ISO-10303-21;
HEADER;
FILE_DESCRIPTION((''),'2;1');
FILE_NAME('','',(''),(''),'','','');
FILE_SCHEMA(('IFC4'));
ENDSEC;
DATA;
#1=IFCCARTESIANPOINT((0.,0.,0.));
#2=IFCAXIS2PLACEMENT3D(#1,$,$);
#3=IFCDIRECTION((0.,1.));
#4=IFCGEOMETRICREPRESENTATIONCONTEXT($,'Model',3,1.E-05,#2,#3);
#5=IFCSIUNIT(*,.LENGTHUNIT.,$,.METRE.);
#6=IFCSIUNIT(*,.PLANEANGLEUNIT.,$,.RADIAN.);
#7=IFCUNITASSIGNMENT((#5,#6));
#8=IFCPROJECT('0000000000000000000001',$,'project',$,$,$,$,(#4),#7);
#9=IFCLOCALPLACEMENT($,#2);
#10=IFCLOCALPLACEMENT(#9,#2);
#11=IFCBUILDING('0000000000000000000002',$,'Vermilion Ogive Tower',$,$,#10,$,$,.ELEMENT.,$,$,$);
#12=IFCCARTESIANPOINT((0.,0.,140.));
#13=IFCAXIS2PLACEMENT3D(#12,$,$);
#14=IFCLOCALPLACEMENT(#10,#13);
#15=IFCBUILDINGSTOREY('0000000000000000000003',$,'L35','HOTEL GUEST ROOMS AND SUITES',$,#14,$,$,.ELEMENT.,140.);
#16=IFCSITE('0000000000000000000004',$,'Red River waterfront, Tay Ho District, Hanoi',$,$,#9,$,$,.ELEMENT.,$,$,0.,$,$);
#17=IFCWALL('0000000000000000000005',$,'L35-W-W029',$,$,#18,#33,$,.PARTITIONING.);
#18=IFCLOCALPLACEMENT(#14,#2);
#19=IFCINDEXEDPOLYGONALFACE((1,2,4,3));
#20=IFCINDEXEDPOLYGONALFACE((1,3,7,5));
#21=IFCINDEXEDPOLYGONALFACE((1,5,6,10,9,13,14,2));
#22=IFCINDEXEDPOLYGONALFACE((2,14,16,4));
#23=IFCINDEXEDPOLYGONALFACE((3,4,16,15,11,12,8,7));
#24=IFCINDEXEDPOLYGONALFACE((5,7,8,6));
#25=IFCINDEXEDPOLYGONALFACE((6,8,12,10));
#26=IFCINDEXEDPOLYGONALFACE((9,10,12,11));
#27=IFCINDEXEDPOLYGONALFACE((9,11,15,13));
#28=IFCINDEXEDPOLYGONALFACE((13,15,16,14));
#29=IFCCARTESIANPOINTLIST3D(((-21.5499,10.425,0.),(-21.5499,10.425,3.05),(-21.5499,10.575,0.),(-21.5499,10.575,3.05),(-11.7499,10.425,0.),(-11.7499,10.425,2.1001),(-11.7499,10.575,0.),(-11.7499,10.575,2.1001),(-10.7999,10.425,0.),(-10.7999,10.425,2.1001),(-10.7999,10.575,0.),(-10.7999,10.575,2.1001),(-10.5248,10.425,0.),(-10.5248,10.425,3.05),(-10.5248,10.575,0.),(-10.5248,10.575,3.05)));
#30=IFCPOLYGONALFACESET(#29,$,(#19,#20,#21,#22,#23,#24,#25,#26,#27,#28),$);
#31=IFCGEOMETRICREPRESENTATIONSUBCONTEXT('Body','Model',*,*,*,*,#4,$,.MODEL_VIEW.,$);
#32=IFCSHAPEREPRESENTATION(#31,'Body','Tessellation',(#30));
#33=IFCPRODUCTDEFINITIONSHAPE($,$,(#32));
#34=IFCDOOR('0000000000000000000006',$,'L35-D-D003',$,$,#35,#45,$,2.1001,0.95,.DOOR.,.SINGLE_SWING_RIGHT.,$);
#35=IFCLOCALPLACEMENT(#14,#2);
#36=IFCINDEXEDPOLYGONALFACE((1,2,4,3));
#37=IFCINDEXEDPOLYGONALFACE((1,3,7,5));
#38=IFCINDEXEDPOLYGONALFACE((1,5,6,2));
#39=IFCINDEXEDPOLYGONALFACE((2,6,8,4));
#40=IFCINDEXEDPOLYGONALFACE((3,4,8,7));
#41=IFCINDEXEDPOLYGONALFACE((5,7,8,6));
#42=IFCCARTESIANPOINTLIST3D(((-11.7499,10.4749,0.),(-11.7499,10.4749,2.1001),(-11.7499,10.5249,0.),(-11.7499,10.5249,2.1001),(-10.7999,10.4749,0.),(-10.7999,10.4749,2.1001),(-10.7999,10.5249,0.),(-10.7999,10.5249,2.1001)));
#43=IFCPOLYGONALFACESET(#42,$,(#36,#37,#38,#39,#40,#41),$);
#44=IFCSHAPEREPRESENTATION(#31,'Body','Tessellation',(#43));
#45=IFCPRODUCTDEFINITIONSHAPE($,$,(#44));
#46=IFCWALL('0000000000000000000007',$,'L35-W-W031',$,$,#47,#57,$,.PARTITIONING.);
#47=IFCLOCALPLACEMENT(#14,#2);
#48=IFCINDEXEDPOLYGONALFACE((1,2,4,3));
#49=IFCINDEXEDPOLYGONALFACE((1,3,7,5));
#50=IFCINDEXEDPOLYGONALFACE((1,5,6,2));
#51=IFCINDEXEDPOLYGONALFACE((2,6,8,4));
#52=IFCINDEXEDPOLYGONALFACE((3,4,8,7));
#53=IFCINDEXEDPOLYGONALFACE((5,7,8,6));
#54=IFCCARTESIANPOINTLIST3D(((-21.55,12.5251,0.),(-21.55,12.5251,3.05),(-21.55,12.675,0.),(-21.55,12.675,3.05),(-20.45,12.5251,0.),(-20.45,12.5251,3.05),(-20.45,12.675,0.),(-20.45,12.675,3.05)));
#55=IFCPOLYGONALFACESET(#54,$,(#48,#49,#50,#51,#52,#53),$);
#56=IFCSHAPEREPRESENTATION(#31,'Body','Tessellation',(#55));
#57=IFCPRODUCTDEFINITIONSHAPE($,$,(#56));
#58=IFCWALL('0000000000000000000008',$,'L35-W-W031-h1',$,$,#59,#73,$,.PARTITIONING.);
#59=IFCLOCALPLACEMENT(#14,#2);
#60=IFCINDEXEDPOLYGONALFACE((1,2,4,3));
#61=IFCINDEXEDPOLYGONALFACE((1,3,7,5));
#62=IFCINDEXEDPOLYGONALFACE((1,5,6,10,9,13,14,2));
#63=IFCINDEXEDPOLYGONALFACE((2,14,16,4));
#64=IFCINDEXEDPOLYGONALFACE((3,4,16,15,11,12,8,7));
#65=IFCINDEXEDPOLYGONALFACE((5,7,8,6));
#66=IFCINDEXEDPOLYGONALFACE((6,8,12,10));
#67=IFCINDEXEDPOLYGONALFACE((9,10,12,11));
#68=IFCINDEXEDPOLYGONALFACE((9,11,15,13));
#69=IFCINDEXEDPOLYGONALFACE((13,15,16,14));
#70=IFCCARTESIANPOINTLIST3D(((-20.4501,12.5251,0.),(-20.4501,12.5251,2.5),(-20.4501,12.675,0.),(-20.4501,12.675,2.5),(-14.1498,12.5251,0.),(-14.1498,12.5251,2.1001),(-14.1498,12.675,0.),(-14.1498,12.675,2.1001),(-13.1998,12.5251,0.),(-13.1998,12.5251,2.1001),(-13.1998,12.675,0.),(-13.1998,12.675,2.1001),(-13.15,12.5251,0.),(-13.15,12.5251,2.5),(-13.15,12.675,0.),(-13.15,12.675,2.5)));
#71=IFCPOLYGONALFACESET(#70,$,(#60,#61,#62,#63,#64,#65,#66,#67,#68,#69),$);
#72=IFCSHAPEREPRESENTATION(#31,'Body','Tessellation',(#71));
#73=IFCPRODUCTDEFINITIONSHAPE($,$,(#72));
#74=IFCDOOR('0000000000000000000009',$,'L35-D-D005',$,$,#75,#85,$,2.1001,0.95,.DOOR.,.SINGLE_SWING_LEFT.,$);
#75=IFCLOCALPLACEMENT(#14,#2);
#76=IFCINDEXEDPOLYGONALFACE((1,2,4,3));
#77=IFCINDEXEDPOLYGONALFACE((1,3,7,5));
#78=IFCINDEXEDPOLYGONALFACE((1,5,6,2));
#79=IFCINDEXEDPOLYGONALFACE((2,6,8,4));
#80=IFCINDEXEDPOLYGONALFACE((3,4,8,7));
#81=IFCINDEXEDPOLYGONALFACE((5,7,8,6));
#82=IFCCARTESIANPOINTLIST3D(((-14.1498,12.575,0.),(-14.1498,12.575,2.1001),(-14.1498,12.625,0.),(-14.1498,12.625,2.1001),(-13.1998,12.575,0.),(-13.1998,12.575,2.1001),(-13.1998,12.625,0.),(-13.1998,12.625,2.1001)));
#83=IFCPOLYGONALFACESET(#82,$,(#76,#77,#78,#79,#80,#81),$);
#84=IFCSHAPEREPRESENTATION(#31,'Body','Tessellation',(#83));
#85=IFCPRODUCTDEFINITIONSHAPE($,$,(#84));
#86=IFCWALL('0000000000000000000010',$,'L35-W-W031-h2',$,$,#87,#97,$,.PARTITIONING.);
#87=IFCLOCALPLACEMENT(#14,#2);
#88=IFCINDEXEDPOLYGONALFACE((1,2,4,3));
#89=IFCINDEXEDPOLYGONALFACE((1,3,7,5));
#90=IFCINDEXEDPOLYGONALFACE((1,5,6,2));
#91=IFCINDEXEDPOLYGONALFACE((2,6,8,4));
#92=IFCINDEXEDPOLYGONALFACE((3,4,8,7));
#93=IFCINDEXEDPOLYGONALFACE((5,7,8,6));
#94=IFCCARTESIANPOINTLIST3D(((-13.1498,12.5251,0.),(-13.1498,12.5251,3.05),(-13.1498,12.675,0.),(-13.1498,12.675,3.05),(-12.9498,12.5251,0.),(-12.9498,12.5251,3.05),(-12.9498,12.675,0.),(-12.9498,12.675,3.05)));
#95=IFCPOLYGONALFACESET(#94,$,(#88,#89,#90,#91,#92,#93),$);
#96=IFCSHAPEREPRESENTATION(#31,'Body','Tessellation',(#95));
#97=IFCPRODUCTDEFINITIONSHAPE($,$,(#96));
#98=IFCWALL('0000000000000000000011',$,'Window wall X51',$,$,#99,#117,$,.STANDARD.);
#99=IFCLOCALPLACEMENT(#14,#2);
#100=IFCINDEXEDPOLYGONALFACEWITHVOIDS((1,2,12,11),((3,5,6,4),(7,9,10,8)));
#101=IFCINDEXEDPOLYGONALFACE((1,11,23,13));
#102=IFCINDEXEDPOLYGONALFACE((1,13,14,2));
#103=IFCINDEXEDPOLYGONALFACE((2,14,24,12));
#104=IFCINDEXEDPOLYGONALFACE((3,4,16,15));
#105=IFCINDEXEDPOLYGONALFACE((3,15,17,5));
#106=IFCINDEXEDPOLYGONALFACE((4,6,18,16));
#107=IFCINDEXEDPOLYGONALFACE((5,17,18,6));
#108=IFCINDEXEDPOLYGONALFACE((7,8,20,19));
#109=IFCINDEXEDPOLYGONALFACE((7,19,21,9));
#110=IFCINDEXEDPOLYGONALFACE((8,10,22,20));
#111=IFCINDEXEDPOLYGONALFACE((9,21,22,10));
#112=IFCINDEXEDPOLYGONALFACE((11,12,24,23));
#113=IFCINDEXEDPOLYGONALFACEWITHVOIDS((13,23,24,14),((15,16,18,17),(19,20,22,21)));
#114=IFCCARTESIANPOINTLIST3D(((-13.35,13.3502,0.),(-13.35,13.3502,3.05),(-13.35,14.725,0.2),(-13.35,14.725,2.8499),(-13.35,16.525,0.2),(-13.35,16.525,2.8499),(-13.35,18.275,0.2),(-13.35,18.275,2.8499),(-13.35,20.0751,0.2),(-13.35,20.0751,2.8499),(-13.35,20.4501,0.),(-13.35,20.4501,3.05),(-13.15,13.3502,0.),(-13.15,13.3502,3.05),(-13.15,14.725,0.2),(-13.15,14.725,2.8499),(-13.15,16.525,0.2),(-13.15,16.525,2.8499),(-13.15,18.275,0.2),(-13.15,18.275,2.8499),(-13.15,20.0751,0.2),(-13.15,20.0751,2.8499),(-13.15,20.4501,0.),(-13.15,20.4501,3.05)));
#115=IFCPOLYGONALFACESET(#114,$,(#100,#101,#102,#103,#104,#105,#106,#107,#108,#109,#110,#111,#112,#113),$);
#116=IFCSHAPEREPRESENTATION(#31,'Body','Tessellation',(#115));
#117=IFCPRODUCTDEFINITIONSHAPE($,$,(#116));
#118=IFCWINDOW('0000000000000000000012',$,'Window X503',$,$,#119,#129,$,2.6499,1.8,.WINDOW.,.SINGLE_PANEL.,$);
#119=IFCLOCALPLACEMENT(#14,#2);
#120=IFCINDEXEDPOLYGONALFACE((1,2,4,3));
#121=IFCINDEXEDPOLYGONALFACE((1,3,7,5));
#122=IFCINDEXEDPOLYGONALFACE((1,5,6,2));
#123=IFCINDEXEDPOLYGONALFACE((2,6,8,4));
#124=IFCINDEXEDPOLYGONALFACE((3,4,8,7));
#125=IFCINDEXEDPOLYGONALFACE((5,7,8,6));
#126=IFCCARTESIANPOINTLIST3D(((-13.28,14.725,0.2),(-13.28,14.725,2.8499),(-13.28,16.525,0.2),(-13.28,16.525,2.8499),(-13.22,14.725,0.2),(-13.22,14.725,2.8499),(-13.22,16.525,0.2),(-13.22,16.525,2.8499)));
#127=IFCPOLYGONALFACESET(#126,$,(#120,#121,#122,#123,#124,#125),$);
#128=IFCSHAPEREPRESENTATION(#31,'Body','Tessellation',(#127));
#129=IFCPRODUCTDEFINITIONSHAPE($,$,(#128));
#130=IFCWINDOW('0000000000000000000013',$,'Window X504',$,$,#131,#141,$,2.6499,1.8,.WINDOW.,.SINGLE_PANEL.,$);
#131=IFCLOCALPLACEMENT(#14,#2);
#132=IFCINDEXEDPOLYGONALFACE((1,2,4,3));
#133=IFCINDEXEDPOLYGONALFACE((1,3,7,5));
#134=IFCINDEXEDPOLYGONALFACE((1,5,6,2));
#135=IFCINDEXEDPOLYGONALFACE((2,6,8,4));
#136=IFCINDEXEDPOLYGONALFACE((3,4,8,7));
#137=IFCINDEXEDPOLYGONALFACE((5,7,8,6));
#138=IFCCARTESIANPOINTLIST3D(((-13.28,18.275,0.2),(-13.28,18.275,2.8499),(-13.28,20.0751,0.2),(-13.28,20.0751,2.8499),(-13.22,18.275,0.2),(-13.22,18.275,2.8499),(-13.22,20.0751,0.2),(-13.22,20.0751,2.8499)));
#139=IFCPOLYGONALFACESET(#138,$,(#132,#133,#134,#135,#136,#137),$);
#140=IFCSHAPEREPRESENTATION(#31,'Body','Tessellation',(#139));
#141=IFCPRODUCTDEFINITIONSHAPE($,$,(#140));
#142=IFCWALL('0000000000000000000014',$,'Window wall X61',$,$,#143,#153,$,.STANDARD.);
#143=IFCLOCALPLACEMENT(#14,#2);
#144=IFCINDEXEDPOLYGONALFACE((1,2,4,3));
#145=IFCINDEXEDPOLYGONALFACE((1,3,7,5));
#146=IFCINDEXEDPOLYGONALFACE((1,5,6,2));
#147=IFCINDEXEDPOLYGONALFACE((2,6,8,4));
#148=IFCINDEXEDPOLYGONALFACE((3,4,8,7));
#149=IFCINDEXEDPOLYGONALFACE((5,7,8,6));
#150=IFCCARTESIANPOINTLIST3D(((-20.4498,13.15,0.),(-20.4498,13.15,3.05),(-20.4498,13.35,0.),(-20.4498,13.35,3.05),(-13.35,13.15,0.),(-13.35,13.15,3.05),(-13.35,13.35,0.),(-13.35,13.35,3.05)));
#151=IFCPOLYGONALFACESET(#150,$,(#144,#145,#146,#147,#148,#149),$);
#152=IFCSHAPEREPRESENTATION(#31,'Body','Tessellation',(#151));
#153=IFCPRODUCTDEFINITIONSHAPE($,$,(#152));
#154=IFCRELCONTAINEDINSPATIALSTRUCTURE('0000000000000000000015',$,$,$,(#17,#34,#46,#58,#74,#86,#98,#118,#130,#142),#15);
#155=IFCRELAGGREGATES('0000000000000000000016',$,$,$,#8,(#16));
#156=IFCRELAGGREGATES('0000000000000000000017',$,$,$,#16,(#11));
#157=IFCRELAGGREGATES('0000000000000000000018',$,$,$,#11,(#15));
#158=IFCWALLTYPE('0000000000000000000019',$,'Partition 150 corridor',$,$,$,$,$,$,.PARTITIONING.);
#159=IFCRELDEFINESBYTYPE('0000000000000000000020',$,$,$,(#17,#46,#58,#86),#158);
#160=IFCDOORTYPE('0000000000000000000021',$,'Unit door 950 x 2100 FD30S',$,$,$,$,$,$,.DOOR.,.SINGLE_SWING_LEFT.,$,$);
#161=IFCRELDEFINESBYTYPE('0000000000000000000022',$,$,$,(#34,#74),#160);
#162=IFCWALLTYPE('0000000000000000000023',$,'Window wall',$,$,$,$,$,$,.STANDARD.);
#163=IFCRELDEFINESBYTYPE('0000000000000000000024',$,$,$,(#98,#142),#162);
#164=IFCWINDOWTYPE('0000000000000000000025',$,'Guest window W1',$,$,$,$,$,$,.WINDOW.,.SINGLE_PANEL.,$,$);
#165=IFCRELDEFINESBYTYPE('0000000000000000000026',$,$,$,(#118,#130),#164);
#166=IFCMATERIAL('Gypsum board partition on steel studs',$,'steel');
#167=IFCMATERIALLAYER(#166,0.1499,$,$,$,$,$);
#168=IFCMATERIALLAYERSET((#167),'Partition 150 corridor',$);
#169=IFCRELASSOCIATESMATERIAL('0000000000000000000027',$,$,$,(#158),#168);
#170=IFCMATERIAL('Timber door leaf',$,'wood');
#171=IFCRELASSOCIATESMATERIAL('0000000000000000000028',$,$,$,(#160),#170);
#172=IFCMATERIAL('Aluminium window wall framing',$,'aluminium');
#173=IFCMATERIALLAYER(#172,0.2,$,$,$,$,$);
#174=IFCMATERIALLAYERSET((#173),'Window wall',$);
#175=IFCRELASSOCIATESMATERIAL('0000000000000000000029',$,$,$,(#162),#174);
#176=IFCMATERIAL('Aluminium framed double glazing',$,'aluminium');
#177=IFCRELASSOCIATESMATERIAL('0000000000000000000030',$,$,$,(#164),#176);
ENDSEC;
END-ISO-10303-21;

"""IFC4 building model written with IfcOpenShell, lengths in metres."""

from ifc_helpers import new_model, si_unit, direction, frame, frame_2d, origin, place, context, subcontext, project, spatial, rectangle, extrude, material, layer, layer_set, type_object, element, fill, save


model = new_model("IFC4")

# Units and contexts
model_context = context("Model", 3, precision=1e-05, world=origin(), true_north=direction((0.0, 1.0)))
body_context = subcontext(model_context, "Body", "Model", "MODEL_VIEW")
ifc_project = project(units=[si_unit("LENGTHUNIT", "METRE"), si_unit("PLANEANGLEUNIT", "RADIAN")], contexts=[model_context])

# Site, building, storey
site_placement = place(None, origin())
site = spatial("IfcSite", under=ifc_project, at=site_placement, Name="Red River waterfront, Tay Ho District, Hanoi", CompositionType="ELEMENT", RefElevation=0.0)
building_placement = place(site_placement, origin())
building = spatial("IfcBuilding", under=site, at=building_placement, Name="Vermilion Ogive Tower", CompositionType="ELEMENT")
storey_placement = place(building_placement, frame((0.0, 0.0, 140.0)))
storey = spatial("IfcBuildingStorey", under=building, at=storey_placement, Name="L35", Description="HOTEL GUEST ROOMS AND SUITES", CompositionType="ELEMENT", Elevation=140.0)

# Wall, opening, door
ifc_material_1 = material(Name="Gypsum board partition on steel studs", Category="steel")
ifc_layer_1 = layer(ifc_material_1, 0.1499)
ifc_layer_set_1 = layer_set([ifc_layer_1], Name="Partition 150 corridor")
wall_type_1 = type_object("IfcWallType", Name="Partition 150 corridor", PredefinedType="PARTITIONING", material=ifc_layer_set_1)
wall_1_placement = place(storey_placement, frame((-21.55, 10.5, 0.0), z_axis=(0.0, 0.0, 1.0), x_axis=(1.0, 0.0, 0.0)))
wall_1 = element("IfcWall", 1, at=wall_1_placement, inside=storey, type_object=wall_type_1, Name="L35-W-W029", PredefinedType="PARTITIONING", context=body_context, shape_type="SweptSolid", body=[
    extrude(rectangle(XDim=11.0251, YDim=0.1499, at=frame_2d((5.5127, 0.0))), origin(), (0.0, 0.0, 1.0), 3.05),
])
opening_1_placement = place(wall_1_placement, frame((9.8, 0.0, 0.0)))
opening_1 = element("IfcOpeningElement", 2, at=opening_1_placement, cuts=wall_1, PredefinedType="OPENING", context=body_context, shape_type="SweptSolid", body=[
    extrude(rectangle(XDim=0.95, YDim=2.1001, at=frame_2d((0.4751, 1.05))), frame((0.0, 0.085, 0.0), z_axis=(0.0, -1.0, 0.0), x_axis=(1.0, 0.0, 0.0)), (0.0, 0.0, 1.0), 0.1699),
])
ifc_material_2 = material(Name="Timber door leaf", Category="wood")
door_type_1 = type_object("IfcDoorType", Name="Unit door 950 x 2100 FD30S", OperationType="SINGLE_SWING_LEFT", PredefinedType="DOOR", material=ifc_material_2)
door_1_placement = place(opening_1_placement, origin())
door_1 = element("IfcDoor", 3, at=door_1_placement, inside=storey, type_object=door_type_1, Name="L35-D-D003", OperationType="SINGLE_SWING_RIGHT", OverallHeight=2.1001, OverallWidth=0.95, PredefinedType="DOOR", context=body_context, shape_type="SweptSolid", body=[
    extrude(rectangle(XDim=0.95, YDim=2.1001, at=frame_2d((0.4751, 1.05))), frame((0.0, 0.0249, 0.0), z_axis=(0.0, -1.0, 0.0), x_axis=(1.0, 0.0, 0.0)), (0.0, 0.0, 1.0), 0.05),
])
fill(opening_1, door_1)

# Wall
wall_2_placement = place(storey_placement, frame((-21.55, 12.6001, 0.0), z_axis=(0.0, 0.0, 1.0), x_axis=(1.0, 0.0, 0.0)))
element("IfcWall", 4, at=wall_2_placement, inside=storey, type_object=wall_type_1, Name="L35-W-W031", PredefinedType="PARTITIONING", context=body_context, shape_type="SweptSolid", body=[
    extrude(rectangle(XDim=1.1001, YDim=0.1499, at=frame_2d((0.55, 0.0))), origin(), (0.0, 0.0, 1.0), 3.05),
])

# Wall, opening, door
wall_3_placement = place(storey_placement, frame((-20.45, 12.6001, 0.0), z_axis=(0.0, 0.0, 1.0), x_axis=(1.0, 0.0, 0.0)))
wall_3 = element("IfcWall", 5, at=wall_3_placement, inside=storey, type_object=wall_type_1, Name="L35-W-W031-h1", PredefinedType="PARTITIONING", context=body_context, shape_type="SweptSolid", body=[
    extrude(rectangle(XDim=7.3, YDim=0.1499, at=frame_2d((3.6499, 0.0))), origin(), (0.0, 0.0, 1.0), 2.5),
])
opening_2_placement = place(wall_3_placement, frame((6.3, 0.0, 0.0)))
opening_2 = element("IfcOpeningElement", 6, at=opening_2_placement, cuts=wall_3, PredefinedType="OPENING", context=body_context, shape_type="SweptSolid", body=[
    extrude(rectangle(XDim=0.95, YDim=2.1001, at=frame_2d((0.4751, 1.05))), frame((0.0, 0.085, 0.0), z_axis=(0.0, -1.0, 0.0), x_axis=(1.0, 0.0, 0.0)), (0.0, 0.0, 1.0), 0.1699),
])
door_2_placement = place(opening_2_placement, origin())
door_2 = element("IfcDoor", 7, at=door_2_placement, inside=storey, type_object=door_type_1, Name="L35-D-D005", OperationType="SINGLE_SWING_LEFT", OverallHeight=2.1001, OverallWidth=0.95, PredefinedType="DOOR", context=body_context, shape_type="SweptSolid", body=[
    extrude(rectangle(XDim=0.95, YDim=2.1001, at=frame_2d((0.4751, 1.05))), frame((0.0, 0.0249, 0.0), z_axis=(0.0, -1.0, 0.0), x_axis=(1.0, 0.0, 0.0)), (0.0, 0.0, 1.0), 0.05),
])
fill(opening_2, door_2)

# Wall
wall_4_placement = place(storey_placement, frame((-13.1499, 12.6001, 0.0), z_axis=(0.0, 0.0, 1.0), x_axis=(1.0, 0.0, 0.0)))
element("IfcWall", 8, at=wall_4_placement, inside=storey, type_object=wall_type_1, Name="L35-W-W031-h2", PredefinedType="PARTITIONING", context=body_context, shape_type="SweptSolid", body=[
    extrude(rectangle(XDim=0.2, YDim=0.1499, at=frame_2d((0.1001, 0.0))), origin(), (0.0, 0.0, 1.0), 3.05),
])

# Wall, openings, windows
ifc_material_3 = material(Name="Aluminium window wall framing", Category="aluminium")
ifc_layer_2 = layer(ifc_material_3, 0.2)
ifc_layer_set_2 = layer_set([ifc_layer_2], Name="Window wall")
wall_type_2 = type_object("IfcWallType", Name="Window wall", PredefinedType="STANDARD", material=ifc_layer_set_2)
wall_5_placement = place(storey_placement, frame((-13.25, 20.45, 0.0), z_axis=(0.0, 0.0, 1.0), x_axis=(0.0, -1.0, 0.0)))
wall_5 = element("IfcWall", 9, at=wall_5_placement, inside=storey, type_object=wall_type_2, Name="Window wall X51", PredefinedType="STANDARD", context=body_context, shape_type="SweptSolid", body=[
    extrude(rectangle(XDim=7.0999, YDim=0.2, at=frame_2d((3.5498, 0.0))), origin(), (0.0, 0.0, 1.0), 3.05),
])
opening_3_placement = place(wall_5_placement, frame((3.925, 0.0, 0.2)))
opening_3 = element("IfcOpeningElement", 10, at=opening_3_placement, cuts=wall_5, PredefinedType="OPENING", context=body_context, shape_type="SweptSolid", body=[
    extrude(rectangle(XDim=1.8, YDim=2.6499, at=frame_2d((0.8999, 1.325))), frame((0.0, 0.1099, 0.0), z_axis=(0.0, -1.0, 0.0), x_axis=(1.0, 0.0, 0.0)), (0.0, 0.0, 1.0), 0.22),
])
opening_4_placement = place(wall_5_placement, frame((0.375, 0.0, 0.2)))
opening_4 = element("IfcOpeningElement", 11, at=opening_4_placement, cuts=wall_5, PredefinedType="OPENING", context=body_context, shape_type="SweptSolid", body=[
    extrude(rectangle(XDim=1.8, YDim=2.6499, at=frame_2d((0.8999, 1.325))), frame((0.0, 0.1099, 0.0), z_axis=(0.0, -1.0, 0.0), x_axis=(1.0, 0.0, 0.0)), (0.0, 0.0, 1.0), 0.22),
])
ifc_material_4 = material(Name="Aluminium framed double glazing", Category="aluminium")
window_type = type_object("IfcWindowType", Name="Guest window W1", PartitioningType="SINGLE_PANEL", PredefinedType="WINDOW", material=ifc_material_4)
window_1_placement = place(opening_3_placement, origin())
window_1 = element("IfcWindow", 12, at=window_1_placement, inside=storey, type_object=window_type, Name="Window X503", OverallHeight=2.6499, OverallWidth=1.8, PartitioningType="SINGLE_PANEL", PredefinedType="WINDOW", context=body_context, shape_type="SweptSolid", body=[
    extrude(rectangle(XDim=1.8, YDim=2.6499, at=frame_2d((0.8999, 1.325))), frame((0.0, 0.03, 0.0), z_axis=(0.0, -1.0, 0.0), x_axis=(1.0, 0.0, 0.0)), (0.0, 0.0, 1.0), 0.0601),
])
fill(opening_3, window_1)
window_2_placement = place(opening_4_placement, origin())
window_2 = element("IfcWindow", 13, at=window_2_placement, inside=storey, type_object=window_type, Name="Window X504", OverallHeight=2.6499, OverallWidth=1.8, PartitioningType="SINGLE_PANEL", PredefinedType="WINDOW", context=body_context, shape_type="SweptSolid", body=[
    extrude(rectangle(XDim=1.8, YDim=2.6499, at=frame_2d((0.8999, 1.325))), frame((0.0, 0.03, 0.0), z_axis=(0.0, -1.0, 0.0), x_axis=(1.0, 0.0, 0.0)), (0.0, 0.0, 1.0), 0.0601),
])
fill(opening_4, window_2)

# Wall
wall_6_placement = place(storey_placement, frame((-13.3501, 13.25, 0.0), z_axis=(0.0, 0.0, 1.0), x_axis=(-1.0, 0.0, 0.0)))
element("IfcWall", 14, at=wall_6_placement, inside=storey, type_object=wall_type_2, Name="Window wall X61", PredefinedType="STANDARD", context=body_context, shape_type="SweptSolid", body=[
    extrude(rectangle(XDim=7.0999, YDim=0.2, at=frame_2d((3.5498, 0.0))), origin(), (0.0, 0.0, 1.0), 3.05),
])

save(model, "model.ifc")
